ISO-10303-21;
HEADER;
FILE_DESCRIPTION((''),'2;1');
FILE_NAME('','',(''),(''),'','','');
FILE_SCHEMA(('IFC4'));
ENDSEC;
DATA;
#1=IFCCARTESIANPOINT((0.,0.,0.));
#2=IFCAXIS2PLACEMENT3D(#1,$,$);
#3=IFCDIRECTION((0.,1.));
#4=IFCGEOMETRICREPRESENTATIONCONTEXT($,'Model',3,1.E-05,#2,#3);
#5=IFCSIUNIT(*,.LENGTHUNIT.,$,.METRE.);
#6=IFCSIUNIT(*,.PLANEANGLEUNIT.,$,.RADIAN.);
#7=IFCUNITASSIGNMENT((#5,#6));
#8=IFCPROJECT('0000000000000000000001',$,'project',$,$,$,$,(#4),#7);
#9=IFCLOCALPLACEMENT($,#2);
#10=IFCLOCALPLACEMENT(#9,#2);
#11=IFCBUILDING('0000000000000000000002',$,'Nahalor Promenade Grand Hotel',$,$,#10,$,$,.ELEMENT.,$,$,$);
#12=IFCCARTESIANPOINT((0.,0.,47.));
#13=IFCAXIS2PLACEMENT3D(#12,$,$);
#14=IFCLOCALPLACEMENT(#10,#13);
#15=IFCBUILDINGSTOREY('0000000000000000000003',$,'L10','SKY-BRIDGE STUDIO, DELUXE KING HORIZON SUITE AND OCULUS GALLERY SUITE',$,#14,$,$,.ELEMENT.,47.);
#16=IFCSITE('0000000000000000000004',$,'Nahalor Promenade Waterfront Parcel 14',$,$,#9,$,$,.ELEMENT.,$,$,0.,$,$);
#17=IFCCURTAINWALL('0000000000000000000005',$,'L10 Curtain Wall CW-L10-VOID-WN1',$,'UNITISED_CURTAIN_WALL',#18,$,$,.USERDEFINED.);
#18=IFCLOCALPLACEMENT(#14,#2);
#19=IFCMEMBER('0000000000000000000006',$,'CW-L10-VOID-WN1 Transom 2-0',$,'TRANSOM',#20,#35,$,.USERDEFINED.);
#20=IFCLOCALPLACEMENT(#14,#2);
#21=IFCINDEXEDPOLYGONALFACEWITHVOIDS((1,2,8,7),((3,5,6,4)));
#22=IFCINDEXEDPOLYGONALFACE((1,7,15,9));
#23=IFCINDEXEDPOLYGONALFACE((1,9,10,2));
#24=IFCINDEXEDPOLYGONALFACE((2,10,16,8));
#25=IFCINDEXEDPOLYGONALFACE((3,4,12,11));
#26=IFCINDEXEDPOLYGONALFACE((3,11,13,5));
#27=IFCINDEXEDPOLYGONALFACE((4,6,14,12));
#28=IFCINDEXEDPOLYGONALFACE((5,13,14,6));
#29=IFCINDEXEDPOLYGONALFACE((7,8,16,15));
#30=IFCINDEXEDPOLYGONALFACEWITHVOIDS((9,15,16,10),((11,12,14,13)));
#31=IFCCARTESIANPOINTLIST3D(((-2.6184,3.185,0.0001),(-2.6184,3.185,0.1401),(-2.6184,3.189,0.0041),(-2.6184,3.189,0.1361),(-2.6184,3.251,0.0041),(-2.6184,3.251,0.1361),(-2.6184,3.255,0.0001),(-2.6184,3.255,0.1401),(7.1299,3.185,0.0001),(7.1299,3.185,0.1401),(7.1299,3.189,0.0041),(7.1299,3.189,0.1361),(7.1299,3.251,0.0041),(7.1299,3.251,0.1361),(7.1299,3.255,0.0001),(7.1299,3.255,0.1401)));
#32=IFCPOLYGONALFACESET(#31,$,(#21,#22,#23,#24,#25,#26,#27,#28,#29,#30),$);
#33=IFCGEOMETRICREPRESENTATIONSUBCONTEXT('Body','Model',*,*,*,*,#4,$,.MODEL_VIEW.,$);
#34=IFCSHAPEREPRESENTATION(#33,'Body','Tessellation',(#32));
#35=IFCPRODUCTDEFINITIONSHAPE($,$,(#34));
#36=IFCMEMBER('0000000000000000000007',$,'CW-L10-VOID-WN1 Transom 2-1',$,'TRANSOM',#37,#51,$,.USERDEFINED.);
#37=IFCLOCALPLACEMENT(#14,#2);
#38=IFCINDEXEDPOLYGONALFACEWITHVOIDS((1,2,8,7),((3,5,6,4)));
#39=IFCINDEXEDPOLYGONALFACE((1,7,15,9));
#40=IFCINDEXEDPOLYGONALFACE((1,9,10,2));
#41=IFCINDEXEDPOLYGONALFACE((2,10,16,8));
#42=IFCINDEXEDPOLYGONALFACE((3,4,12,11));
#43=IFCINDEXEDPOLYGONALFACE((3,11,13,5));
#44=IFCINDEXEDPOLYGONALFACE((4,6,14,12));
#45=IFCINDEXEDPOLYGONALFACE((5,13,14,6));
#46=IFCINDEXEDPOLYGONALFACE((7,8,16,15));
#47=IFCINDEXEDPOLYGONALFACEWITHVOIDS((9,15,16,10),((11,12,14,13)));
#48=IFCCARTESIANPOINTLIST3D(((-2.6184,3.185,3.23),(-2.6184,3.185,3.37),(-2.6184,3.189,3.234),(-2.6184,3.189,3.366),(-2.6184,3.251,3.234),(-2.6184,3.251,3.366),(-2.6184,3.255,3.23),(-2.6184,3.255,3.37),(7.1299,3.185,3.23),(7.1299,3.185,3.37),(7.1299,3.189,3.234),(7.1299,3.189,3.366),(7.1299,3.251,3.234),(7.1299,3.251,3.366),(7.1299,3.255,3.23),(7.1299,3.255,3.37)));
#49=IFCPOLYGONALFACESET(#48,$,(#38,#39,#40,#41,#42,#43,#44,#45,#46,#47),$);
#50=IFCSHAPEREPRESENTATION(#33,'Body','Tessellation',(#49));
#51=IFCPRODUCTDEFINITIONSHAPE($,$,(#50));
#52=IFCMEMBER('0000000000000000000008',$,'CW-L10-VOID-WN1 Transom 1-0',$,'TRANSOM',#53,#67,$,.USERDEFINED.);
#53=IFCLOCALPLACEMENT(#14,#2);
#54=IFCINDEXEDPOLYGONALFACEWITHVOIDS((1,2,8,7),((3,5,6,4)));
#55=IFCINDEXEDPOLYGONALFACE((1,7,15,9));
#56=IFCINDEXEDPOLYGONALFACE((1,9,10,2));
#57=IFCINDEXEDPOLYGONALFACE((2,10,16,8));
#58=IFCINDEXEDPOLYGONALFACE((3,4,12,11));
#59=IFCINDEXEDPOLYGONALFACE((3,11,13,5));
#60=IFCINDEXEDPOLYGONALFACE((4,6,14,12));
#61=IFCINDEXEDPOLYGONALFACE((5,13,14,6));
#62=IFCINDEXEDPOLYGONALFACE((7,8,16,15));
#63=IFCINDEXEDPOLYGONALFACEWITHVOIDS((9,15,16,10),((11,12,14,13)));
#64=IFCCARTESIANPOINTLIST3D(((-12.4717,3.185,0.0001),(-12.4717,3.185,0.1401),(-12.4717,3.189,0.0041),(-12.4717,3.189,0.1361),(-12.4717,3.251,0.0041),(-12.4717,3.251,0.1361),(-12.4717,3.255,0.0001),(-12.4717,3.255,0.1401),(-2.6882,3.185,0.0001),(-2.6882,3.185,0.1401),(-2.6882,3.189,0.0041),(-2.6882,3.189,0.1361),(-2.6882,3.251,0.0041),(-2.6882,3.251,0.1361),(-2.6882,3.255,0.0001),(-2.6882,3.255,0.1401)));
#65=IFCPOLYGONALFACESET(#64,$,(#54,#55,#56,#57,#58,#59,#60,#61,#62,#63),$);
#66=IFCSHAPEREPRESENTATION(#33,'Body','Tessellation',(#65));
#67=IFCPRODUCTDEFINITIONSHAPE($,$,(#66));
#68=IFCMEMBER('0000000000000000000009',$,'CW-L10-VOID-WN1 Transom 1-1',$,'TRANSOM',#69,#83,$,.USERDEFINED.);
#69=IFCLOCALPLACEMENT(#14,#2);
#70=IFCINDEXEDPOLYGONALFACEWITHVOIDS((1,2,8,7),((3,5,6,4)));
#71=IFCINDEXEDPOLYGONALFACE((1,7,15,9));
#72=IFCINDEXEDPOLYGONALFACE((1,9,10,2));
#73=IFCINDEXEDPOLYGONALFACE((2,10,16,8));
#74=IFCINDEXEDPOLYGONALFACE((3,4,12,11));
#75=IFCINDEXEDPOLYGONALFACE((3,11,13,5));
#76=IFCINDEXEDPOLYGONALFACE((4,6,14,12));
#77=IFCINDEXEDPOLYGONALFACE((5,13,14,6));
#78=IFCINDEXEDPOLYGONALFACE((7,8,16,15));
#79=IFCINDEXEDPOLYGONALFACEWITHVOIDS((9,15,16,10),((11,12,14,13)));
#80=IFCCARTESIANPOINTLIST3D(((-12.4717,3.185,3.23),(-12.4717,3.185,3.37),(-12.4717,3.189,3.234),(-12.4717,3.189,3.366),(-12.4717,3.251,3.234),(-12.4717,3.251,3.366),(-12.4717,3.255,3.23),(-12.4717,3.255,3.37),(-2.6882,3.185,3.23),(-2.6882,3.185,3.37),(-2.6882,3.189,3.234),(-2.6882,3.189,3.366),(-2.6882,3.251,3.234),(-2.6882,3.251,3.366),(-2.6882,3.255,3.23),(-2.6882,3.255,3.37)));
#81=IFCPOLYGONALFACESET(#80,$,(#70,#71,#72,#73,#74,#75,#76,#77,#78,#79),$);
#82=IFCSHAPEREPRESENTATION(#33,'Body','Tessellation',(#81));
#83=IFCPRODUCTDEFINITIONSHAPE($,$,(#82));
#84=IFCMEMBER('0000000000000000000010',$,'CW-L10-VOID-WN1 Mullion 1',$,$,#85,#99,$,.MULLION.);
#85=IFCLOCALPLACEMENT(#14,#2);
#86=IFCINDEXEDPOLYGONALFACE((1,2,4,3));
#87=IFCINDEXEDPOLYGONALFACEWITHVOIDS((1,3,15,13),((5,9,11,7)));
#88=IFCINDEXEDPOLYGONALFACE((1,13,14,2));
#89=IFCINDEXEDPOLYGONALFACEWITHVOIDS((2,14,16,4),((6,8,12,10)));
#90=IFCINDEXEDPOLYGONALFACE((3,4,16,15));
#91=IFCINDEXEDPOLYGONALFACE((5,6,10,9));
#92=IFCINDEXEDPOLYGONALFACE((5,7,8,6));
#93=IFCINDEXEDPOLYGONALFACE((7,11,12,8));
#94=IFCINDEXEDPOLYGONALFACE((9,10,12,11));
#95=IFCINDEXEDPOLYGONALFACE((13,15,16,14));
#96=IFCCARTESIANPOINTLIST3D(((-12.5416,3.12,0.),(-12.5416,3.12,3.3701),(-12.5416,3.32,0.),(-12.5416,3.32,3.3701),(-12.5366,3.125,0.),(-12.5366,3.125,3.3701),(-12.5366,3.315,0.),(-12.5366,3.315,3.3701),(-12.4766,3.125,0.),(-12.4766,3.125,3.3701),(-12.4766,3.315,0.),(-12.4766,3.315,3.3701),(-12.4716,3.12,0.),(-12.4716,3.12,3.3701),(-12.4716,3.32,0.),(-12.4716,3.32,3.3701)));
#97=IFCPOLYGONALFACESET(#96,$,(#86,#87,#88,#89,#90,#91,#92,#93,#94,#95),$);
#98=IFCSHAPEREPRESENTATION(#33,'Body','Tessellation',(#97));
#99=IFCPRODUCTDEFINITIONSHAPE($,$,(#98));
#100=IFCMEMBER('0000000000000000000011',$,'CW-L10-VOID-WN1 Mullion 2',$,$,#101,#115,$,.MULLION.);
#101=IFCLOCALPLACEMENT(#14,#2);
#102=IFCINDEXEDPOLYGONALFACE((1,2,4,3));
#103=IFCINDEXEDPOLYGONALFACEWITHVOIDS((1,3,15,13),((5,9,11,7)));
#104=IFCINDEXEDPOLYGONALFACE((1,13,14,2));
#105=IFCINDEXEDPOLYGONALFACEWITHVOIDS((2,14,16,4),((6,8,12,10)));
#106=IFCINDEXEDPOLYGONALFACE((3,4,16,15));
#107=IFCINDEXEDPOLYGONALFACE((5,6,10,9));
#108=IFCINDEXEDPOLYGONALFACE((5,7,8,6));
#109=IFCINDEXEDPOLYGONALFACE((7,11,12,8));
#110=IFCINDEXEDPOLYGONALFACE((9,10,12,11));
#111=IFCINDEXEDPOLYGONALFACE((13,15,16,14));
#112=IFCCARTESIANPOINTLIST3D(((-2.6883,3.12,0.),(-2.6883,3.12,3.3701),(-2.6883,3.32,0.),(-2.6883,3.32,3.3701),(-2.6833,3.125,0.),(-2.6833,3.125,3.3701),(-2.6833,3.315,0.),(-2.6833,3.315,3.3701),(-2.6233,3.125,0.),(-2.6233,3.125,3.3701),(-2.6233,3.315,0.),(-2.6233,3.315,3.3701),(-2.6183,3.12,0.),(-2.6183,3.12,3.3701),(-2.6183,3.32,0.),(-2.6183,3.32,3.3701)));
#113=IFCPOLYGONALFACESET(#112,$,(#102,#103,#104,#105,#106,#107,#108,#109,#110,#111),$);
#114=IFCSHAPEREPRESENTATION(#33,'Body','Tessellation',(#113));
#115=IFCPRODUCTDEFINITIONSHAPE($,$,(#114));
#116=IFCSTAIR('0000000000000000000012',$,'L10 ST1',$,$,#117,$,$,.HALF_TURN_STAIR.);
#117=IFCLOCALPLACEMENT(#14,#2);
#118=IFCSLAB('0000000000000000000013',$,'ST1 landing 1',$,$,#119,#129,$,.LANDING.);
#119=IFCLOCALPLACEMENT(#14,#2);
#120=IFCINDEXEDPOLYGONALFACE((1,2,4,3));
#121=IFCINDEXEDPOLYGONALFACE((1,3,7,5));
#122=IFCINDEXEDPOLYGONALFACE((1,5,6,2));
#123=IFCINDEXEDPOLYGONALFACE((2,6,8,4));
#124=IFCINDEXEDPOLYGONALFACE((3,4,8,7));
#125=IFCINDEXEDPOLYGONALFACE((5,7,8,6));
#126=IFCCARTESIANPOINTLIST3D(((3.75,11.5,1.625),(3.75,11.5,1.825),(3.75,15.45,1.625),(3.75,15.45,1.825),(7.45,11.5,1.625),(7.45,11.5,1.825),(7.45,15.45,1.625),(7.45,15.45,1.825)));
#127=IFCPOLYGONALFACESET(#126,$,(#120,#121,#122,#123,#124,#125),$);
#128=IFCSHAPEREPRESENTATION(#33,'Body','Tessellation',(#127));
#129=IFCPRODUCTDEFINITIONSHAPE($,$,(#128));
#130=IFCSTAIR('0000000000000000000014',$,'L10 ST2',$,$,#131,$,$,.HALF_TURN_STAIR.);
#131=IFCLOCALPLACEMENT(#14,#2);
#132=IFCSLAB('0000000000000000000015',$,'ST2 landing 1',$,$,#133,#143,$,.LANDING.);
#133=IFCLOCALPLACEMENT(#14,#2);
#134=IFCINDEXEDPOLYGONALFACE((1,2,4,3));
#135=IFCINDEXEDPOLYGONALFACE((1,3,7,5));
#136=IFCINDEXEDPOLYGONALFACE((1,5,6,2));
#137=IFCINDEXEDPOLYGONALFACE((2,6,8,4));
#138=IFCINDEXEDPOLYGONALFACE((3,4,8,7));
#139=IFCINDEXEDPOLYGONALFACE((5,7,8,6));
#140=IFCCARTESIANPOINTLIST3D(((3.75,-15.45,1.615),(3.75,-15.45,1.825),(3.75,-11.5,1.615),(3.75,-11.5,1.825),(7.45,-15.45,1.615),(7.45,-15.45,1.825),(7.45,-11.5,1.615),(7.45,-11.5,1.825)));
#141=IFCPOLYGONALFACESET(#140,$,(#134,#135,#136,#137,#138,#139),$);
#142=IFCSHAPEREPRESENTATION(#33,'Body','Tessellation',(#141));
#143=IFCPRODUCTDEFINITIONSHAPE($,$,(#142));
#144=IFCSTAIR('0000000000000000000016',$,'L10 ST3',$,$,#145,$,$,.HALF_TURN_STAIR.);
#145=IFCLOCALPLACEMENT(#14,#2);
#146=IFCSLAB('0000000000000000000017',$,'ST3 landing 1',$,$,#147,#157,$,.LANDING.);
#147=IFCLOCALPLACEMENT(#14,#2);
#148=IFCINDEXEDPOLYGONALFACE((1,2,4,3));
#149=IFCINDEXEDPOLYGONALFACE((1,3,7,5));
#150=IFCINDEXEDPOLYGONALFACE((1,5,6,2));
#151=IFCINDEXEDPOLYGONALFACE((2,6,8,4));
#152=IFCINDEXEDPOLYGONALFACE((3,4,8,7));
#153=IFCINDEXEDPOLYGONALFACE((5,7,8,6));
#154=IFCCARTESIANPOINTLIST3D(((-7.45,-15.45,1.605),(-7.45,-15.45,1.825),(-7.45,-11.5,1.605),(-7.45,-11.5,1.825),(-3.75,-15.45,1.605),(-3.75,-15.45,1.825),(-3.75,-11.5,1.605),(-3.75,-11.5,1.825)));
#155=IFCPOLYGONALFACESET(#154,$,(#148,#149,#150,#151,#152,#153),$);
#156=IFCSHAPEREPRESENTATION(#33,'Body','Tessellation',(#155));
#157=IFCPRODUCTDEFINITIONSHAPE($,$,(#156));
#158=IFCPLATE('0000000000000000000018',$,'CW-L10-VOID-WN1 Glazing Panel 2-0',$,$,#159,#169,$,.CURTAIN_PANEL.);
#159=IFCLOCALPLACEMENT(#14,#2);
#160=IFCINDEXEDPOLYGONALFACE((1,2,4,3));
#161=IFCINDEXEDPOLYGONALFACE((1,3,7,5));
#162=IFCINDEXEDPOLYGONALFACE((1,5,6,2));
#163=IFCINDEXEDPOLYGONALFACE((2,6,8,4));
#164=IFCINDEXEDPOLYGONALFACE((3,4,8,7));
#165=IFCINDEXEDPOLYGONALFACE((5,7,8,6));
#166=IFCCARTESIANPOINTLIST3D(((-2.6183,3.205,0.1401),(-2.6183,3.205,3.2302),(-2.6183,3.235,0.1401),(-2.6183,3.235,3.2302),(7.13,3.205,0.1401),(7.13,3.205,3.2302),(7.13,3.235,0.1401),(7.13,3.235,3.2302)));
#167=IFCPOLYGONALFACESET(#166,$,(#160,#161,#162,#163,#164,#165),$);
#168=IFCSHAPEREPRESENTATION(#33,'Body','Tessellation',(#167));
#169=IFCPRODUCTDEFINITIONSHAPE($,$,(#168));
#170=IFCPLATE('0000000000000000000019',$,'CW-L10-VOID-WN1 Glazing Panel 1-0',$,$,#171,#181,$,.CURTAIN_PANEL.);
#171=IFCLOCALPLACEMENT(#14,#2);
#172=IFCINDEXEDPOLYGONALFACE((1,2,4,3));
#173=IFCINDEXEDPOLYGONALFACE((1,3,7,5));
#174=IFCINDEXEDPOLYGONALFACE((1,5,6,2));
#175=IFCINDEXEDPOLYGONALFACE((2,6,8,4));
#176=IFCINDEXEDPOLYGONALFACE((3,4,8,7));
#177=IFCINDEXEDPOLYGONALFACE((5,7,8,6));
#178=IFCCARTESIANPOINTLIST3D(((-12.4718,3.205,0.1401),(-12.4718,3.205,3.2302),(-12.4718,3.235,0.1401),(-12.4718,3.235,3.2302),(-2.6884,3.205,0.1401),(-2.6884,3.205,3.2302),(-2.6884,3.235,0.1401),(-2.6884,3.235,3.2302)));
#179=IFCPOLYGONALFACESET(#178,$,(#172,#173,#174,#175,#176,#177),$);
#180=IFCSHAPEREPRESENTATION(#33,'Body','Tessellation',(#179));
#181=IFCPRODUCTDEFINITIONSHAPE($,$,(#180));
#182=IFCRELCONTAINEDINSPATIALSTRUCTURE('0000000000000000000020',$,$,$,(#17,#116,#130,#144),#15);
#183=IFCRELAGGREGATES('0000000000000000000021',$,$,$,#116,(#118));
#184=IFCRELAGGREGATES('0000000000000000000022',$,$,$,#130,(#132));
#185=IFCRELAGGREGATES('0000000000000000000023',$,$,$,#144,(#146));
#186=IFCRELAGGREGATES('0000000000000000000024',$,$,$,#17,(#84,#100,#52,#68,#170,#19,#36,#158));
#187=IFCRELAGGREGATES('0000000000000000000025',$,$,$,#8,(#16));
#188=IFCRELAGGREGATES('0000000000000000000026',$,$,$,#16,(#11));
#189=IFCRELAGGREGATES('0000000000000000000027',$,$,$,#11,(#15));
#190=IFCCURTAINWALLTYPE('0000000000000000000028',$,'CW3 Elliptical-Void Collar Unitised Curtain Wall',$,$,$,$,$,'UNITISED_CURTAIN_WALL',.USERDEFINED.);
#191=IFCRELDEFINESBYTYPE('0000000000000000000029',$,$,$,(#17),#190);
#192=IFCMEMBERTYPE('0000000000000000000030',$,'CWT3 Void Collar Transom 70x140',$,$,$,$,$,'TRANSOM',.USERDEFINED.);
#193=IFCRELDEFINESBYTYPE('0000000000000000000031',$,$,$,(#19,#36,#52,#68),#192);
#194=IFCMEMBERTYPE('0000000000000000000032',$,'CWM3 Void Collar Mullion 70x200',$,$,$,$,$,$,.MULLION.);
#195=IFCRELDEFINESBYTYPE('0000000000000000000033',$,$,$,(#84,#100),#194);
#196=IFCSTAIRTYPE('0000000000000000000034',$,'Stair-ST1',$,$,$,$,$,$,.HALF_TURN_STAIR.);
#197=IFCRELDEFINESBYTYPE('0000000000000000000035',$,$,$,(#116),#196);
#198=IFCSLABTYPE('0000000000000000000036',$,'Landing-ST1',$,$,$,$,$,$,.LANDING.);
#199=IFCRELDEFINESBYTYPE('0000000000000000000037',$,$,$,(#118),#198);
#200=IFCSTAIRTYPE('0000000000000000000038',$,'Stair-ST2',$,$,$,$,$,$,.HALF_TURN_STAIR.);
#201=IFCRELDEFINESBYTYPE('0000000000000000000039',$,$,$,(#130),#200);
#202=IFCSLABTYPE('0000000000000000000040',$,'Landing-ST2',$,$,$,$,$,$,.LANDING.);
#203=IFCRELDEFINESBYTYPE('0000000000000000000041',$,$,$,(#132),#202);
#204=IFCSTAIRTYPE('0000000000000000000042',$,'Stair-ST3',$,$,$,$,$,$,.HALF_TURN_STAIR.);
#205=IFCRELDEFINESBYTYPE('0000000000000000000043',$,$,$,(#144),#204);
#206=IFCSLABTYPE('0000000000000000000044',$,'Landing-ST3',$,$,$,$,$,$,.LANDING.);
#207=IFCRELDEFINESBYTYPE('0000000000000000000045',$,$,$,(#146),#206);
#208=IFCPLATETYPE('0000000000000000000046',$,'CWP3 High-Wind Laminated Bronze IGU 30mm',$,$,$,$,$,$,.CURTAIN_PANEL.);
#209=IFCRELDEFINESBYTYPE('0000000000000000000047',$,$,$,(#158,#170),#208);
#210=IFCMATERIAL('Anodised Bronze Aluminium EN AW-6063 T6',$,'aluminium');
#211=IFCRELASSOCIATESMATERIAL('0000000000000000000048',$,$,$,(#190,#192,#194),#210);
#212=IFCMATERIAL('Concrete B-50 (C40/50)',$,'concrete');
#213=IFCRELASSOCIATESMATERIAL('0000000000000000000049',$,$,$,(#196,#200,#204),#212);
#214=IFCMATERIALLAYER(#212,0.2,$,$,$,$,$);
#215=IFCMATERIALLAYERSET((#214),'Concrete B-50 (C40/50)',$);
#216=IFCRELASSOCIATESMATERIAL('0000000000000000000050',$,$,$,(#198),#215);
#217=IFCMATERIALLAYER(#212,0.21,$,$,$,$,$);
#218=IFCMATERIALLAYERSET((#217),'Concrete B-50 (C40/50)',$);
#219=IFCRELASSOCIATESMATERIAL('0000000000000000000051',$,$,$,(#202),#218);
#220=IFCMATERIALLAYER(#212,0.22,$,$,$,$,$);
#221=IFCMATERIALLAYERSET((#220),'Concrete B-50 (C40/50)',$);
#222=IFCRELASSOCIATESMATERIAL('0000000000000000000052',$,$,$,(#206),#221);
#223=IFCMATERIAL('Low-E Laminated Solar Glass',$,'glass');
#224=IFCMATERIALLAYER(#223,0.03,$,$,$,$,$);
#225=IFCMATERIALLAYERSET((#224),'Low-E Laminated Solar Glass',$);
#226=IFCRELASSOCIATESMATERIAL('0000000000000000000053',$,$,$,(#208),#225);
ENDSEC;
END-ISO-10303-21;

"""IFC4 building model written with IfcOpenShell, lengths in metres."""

from ifc_helpers import new_model, si_unit, direction, frame, origin, origin_2d, place, context, subcontext, project, spatial, polyline, rectangle, hollow_rectangle, outline, extrude, source, transform, mapped, material, layer, layer_set, material_profile, profile_set, type_object, element, aggregate, save


model = new_model("IFC4")

# Units and contexts
model_context = context("Model", 3, precision=1e-05, world=origin(), true_north=direction((0.0, 1.0)))
body_context = subcontext(model_context, "Body", "Model", "MODEL_VIEW")
ifc_project = project(units=[si_unit("LENGTHUNIT", "METRE"), si_unit("PLANEANGLEUNIT", "RADIAN")], contexts=[model_context])

# Site, building, storey
site_placement = place(None, origin())
site = spatial("IfcSite", under=ifc_project, at=site_placement, Name="Nahalor Promenade Waterfront Parcel 14", CompositionType="ELEMENT", RefElevation=0.0)
building_placement = place(site_placement, origin())
building = spatial("IfcBuilding", under=site, at=building_placement, Name="Nahalor Promenade Grand Hotel", CompositionType="ELEMENT")
storey_placement = place(building_placement, frame((0.0, 0.0, 47.0)))
storey = spatial("IfcBuildingStorey", under=building, at=storey_placement, Name="L10", Description="SKY-BRIDGE STUDIO, DELUXE KING HORIZON SUITE AND OCULUS GALLERY SUITE", CompositionType="ELEMENT", Elevation=47.0)

# Curtain wall, members
ifc_material_1 = material(Name="Anodised Bronze Aluminium EN AW-6063 T6", Category="aluminium")
curtain_wall_type = type_object("IfcCurtainWallType", Name="CW3 Elliptical-Void Collar Unitised Curtain Wall", ElementType="UNITISED_CURTAIN_WALL", PredefinedType="USERDEFINED", material=ifc_material_1)
curtain_wall_placement = place(storey_placement, origin())
curtain_wall = element("IfcCurtainWall", 1, at=curtain_wall_placement, inside=storey, type_object=curtain_wall_type, Name="L10 Curtain Wall CW-L10-VOID-WN1", ObjectType="UNITISED_CURTAIN_WALL", PredefinedType="USERDEFINED")
ifc_material_profile_1 = material_profile(ifc_material_1, hollow_rectangle(XDim=0.07, YDim=0.14, WallThickness=0.004, at=origin_2d()), Name="CWT 70x140x4")
ifc_profile_set_1 = profile_set([ifc_material_profile_1], Name="Anodised Bronze Aluminium EN AW-6063 T6")
member_type_1 = type_object("IfcMemberType", Name="CWT3 Void Collar Transom 70x140", ElementType="TRANSOM", PredefinedType="USERDEFINED", material=ifc_profile_set_1)
shared_shape_1 = source(origin(), body_context, "Body", "SweptSolid", [
    extrude(hollow_rectangle(XDim=0.07, YDim=0.14, WallThickness=0.004, at=origin_2d()), origin(), (0.0, 0.0, 1.0), 9.7483),
])
member_1_placement = place(storey_placement, frame((-2.6184, 3.22, 0.0701), z_axis=(1.0, 0.0, 0.0), x_axis=(0.0, 1.0, 0.0)))
member_1 = element("IfcMember", 2, at=member_1_placement, type_object=member_type_1, Name="CW-L10-VOID-WN1 Transom 2-0", ObjectType="TRANSOM", PredefinedType="USERDEFINED", context=body_context, shape_type="MappedRepresentation", body=[
    mapped(shared_shape_1, transform((0.0, 0.0, 0.0), scale=1.0)),
])
member_2_placement = place(storey_placement, frame((-2.6184, 3.22, 3.3), z_axis=(1.0, 0.0, 0.0), x_axis=(0.0, 1.0, 0.0)))
member_2 = element("IfcMember", 3, at=member_2_placement, type_object=member_type_1, Name="CW-L10-VOID-WN1 Transom 2-1", ObjectType="TRANSOM", PredefinedType="USERDEFINED", context=body_context, shape_type="MappedRepresentation", body=[
    mapped(shared_shape_1, transform((0.0, 0.0, 0.0), scale=1.0)),
])
shared_shape_2 = source(origin(), body_context, "Body", "SweptSolid", [
    extrude(hollow_rectangle(XDim=0.07, YDim=0.14, WallThickness=0.004, at=origin_2d()), origin(), (0.0, 0.0, 1.0), 9.7834),
])
member_3_placement = place(storey_placement, frame((-12.4717, 3.22, 0.0701), z_axis=(1.0, 0.0, 0.0), x_axis=(0.0, 1.0, 0.0)))
member_3 = element("IfcMember", 4, at=member_3_placement, type_object=member_type_1, Name="CW-L10-VOID-WN1 Transom 1-0", ObjectType="TRANSOM", PredefinedType="USERDEFINED", context=body_context, shape_type="MappedRepresentation", body=[
    mapped(shared_shape_2, transform((0.0, 0.0, 0.0), scale=1.0)),
])
member_4_placement = place(storey_placement, frame((-12.4717, 3.22, 3.3), z_axis=(1.0, 0.0, 0.0), x_axis=(0.0, 1.0, 0.0)))
member_4 = element("IfcMember", 5, at=member_4_placement, type_object=member_type_1, Name="CW-L10-VOID-WN1 Transom 1-1", ObjectType="TRANSOM", PredefinedType="USERDEFINED", context=body_context, shape_type="MappedRepresentation", body=[
    mapped(shared_shape_2, transform((0.0, 0.0, 0.0), scale=1.0)),
])
ifc_material_profile_2 = material_profile(ifc_material_1, hollow_rectangle(XDim=0.07, YDim=0.2, WallThickness=0.005, at=origin_2d()), Name="CWM 70x200x5")
ifc_profile_set_2 = profile_set([ifc_material_profile_2], Name="Anodised Bronze Aluminium EN AW-6063 T6")
member_type_2 = type_object("IfcMemberType", Name="CWM3 Void Collar Mullion 70x200", PredefinedType="MULLION", material=ifc_profile_set_2)
shared_shape_3 = source(origin(), body_context, "Body", "SweptSolid", [
    extrude(hollow_rectangle(XDim=0.07, YDim=0.2, WallThickness=0.005, at=origin_2d()), origin(), (0.0, 0.0, 1.0), 3.3701),
])
member_5_placement = place(storey_placement, frame((-12.5066, 3.22, 0.0), z_axis=(0.0, 0.0, 1.0), x_axis=(1.0, 0.0, 0.0)))
member_5 = element("IfcMember", 6, at=member_5_placement, type_object=member_type_2, Name="CW-L10-VOID-WN1 Mullion 1", PredefinedType="MULLION", context=body_context, shape_type="MappedRepresentation", body=[
    mapped(shared_shape_3, transform((0.0, 0.0, 0.0), scale=1.0)),
])
member_6_placement = place(storey_placement, frame((-2.6533, 3.22, 0.0), z_axis=(0.0, 0.0, 1.0), x_axis=(1.0, 0.0, 0.0)))
member_6 = element("IfcMember", 7, at=member_6_placement, type_object=member_type_2, Name="CW-L10-VOID-WN1 Mullion 2", PredefinedType="MULLION", context=body_context, shape_type="MappedRepresentation", body=[
    mapped(shared_shape_3, transform((0.0, 0.0, 0.0), scale=1.0)),
])

# Stairs, slabs
ifc_material_2 = material(Name="Concrete B-50 (C40/50)", Category="concrete")
stair_type_1 = type_object("IfcStairType", Name="Stair-ST1", PredefinedType="HALF_TURN_STAIR", material=ifc_material_2)
stair_1_placement = place(storey_placement, origin())
stair_1 = element("IfcStair", 8, at=stair_1_placement, inside=storey, type_object=stair_type_1, Name="L10 ST1", PredefinedType="HALF_TURN_STAIR")
ifc_layer_1 = layer(ifc_material_2, 0.2)
ifc_layer_set_1 = layer_set([ifc_layer_1], Name="Concrete B-50 (C40/50)")
slab_type_1 = type_object("IfcSlabType", Name="Landing-ST1", PredefinedType="LANDING", material=ifc_layer_set_1)
slab_1_placement = place(storey_placement, frame((0.0, 0.0, 1.625)))
slab_1 = element("IfcSlab", 9, at=slab_1_placement, type_object=slab_type_1, Name="ST1 landing 1", PredefinedType="LANDING", context=body_context, shape_type="SweptSolid", body=[
    extrude(outline(polyline([(7.45, 11.5), (7.45, 15.45), (3.75, 15.45), (3.75, 11.5), (7.45, 11.5)])), origin(), (0.0, 0.0, 1.0), 0.2),
])
aggregate(stair_1, [slab_1])
stair_type_2 = type_object("IfcStairType", Name="Stair-ST2", PredefinedType="HALF_TURN_STAIR", material=ifc_material_2)
stair_2_placement = place(storey_placement, origin())
stair_2 = element("IfcStair", 10, at=stair_2_placement, inside=storey, type_object=stair_type_2, Name="L10 ST2", PredefinedType="HALF_TURN_STAIR")
ifc_layer_2 = layer(ifc_material_2, 0.21)
ifc_layer_set_2 = layer_set([ifc_layer_2], Name="Concrete B-50 (C40/50)")
slab_type_2 = type_object("IfcSlabType", Name="Landing-ST2", PredefinedType="LANDING", material=ifc_layer_set_2)
slab_2_placement = place(storey_placement, frame((0.0, 0.0, 1.615)))
slab_2 = element("IfcSlab", 11, at=slab_2_placement, type_object=slab_type_2, Name="ST2 landing 1", PredefinedType="LANDING", context=body_context, shape_type="SweptSolid", body=[
    extrude(outline(polyline([(3.75, -11.5), (3.75, -15.45), (7.45, -15.45), (7.45, -11.5), (3.75, -11.5)])), origin(), (0.0, 0.0, 1.0), 0.21),
])
aggregate(stair_2, [slab_2])
stair_type_3 = type_object("IfcStairType", Name="Stair-ST3", PredefinedType="HALF_TURN_STAIR", material=ifc_material_2)
stair_3_placement = place(storey_placement, origin())
stair_3 = element("IfcStair", 12, at=stair_3_placement, inside=storey, type_object=stair_type_3, Name="L10 ST3", PredefinedType="HALF_TURN_STAIR")
ifc_layer_3 = layer(ifc_material_2, 0.22)
ifc_layer_set_3 = layer_set([ifc_layer_3], Name="Concrete B-50 (C40/50)")
slab_type_3 = type_object("IfcSlabType", Name="Landing-ST3", PredefinedType="LANDING", material=ifc_layer_set_3)
slab_3_placement = place(storey_placement, frame((0.0, 0.0, 1.605)))
slab_3 = element("IfcSlab", 13, at=slab_3_placement, type_object=slab_type_3, Name="ST3 landing 1", PredefinedType="LANDING", context=body_context, shape_type="SweptSolid", body=[
    extrude(outline(polyline([(-7.45, -11.5), (-7.45, -15.45), (-3.75, -15.45), (-3.75, -11.5), (-7.45, -11.5)])), origin(), (0.0, 0.0, 1.0), 0.22),
])
aggregate(stair_3, [slab_3])

# Plates
ifc_material_3 = material(Name="Low-E Laminated Solar Glass", Category="glass")
ifc_layer_4 = layer(ifc_material_3, 0.03)
ifc_layer_set_4 = layer_set([ifc_layer_4], Name="Low-E Laminated Solar Glass")
plate_type = type_object("IfcPlateType", Name="CWP3 High-Wind Laminated Bronze IGU 30mm", PredefinedType="CURTAIN_PANEL", material=ifc_layer_set_4)
shared_shape_4 = source(origin(), body_context, "Body", "SweptSolid", [
    extrude(rectangle(XDim=9.7483, YDim=0.03, at=origin_2d()), origin(), (0.0, 0.0, 1.0), 3.0901),
])
plate_1_placement = place(storey_placement, frame((2.2559, 3.22, 0.1401), z_axis=(0.0, 0.0, 1.0), x_axis=(1.0, 0.0, 0.0)))
plate_1 = element("IfcPlate", 14, at=plate_1_placement, type_object=plate_type, Name="CW-L10-VOID-WN1 Glazing Panel 2-0", PredefinedType="CURTAIN_PANEL", context=body_context, shape_type="MappedRepresentation", body=[
    mapped(shared_shape_4, transform((0.0, 0.0, 0.0), scale=1.0)),
])
shared_shape_5 = source(origin(), body_context, "Body", "SweptSolid", [
    extrude(rectangle(XDim=9.7834, YDim=0.03, at=origin_2d()), origin(), (0.0, 0.0, 1.0), 3.0901),
])
plate_2_placement = place(storey_placement, frame((-7.5801, 3.22, 0.1401), z_axis=(0.0, 0.0, 1.0), x_axis=(1.0, 0.0, 0.0)))
plate_2 = element("IfcPlate", 15, at=plate_2_placement, type_object=plate_type, Name="CW-L10-VOID-WN1 Glazing Panel 1-0", PredefinedType="CURTAIN_PANEL", context=body_context, shape_type="MappedRepresentation", body=[
    mapped(shared_shape_5, transform((0.0, 0.0, 0.0), scale=1.0)),
])
aggregate(curtain_wall, [member_5, member_6, member_3, member_4, plate_2, member_1, member_2, plate_1])

save(model, "model.ifc")
